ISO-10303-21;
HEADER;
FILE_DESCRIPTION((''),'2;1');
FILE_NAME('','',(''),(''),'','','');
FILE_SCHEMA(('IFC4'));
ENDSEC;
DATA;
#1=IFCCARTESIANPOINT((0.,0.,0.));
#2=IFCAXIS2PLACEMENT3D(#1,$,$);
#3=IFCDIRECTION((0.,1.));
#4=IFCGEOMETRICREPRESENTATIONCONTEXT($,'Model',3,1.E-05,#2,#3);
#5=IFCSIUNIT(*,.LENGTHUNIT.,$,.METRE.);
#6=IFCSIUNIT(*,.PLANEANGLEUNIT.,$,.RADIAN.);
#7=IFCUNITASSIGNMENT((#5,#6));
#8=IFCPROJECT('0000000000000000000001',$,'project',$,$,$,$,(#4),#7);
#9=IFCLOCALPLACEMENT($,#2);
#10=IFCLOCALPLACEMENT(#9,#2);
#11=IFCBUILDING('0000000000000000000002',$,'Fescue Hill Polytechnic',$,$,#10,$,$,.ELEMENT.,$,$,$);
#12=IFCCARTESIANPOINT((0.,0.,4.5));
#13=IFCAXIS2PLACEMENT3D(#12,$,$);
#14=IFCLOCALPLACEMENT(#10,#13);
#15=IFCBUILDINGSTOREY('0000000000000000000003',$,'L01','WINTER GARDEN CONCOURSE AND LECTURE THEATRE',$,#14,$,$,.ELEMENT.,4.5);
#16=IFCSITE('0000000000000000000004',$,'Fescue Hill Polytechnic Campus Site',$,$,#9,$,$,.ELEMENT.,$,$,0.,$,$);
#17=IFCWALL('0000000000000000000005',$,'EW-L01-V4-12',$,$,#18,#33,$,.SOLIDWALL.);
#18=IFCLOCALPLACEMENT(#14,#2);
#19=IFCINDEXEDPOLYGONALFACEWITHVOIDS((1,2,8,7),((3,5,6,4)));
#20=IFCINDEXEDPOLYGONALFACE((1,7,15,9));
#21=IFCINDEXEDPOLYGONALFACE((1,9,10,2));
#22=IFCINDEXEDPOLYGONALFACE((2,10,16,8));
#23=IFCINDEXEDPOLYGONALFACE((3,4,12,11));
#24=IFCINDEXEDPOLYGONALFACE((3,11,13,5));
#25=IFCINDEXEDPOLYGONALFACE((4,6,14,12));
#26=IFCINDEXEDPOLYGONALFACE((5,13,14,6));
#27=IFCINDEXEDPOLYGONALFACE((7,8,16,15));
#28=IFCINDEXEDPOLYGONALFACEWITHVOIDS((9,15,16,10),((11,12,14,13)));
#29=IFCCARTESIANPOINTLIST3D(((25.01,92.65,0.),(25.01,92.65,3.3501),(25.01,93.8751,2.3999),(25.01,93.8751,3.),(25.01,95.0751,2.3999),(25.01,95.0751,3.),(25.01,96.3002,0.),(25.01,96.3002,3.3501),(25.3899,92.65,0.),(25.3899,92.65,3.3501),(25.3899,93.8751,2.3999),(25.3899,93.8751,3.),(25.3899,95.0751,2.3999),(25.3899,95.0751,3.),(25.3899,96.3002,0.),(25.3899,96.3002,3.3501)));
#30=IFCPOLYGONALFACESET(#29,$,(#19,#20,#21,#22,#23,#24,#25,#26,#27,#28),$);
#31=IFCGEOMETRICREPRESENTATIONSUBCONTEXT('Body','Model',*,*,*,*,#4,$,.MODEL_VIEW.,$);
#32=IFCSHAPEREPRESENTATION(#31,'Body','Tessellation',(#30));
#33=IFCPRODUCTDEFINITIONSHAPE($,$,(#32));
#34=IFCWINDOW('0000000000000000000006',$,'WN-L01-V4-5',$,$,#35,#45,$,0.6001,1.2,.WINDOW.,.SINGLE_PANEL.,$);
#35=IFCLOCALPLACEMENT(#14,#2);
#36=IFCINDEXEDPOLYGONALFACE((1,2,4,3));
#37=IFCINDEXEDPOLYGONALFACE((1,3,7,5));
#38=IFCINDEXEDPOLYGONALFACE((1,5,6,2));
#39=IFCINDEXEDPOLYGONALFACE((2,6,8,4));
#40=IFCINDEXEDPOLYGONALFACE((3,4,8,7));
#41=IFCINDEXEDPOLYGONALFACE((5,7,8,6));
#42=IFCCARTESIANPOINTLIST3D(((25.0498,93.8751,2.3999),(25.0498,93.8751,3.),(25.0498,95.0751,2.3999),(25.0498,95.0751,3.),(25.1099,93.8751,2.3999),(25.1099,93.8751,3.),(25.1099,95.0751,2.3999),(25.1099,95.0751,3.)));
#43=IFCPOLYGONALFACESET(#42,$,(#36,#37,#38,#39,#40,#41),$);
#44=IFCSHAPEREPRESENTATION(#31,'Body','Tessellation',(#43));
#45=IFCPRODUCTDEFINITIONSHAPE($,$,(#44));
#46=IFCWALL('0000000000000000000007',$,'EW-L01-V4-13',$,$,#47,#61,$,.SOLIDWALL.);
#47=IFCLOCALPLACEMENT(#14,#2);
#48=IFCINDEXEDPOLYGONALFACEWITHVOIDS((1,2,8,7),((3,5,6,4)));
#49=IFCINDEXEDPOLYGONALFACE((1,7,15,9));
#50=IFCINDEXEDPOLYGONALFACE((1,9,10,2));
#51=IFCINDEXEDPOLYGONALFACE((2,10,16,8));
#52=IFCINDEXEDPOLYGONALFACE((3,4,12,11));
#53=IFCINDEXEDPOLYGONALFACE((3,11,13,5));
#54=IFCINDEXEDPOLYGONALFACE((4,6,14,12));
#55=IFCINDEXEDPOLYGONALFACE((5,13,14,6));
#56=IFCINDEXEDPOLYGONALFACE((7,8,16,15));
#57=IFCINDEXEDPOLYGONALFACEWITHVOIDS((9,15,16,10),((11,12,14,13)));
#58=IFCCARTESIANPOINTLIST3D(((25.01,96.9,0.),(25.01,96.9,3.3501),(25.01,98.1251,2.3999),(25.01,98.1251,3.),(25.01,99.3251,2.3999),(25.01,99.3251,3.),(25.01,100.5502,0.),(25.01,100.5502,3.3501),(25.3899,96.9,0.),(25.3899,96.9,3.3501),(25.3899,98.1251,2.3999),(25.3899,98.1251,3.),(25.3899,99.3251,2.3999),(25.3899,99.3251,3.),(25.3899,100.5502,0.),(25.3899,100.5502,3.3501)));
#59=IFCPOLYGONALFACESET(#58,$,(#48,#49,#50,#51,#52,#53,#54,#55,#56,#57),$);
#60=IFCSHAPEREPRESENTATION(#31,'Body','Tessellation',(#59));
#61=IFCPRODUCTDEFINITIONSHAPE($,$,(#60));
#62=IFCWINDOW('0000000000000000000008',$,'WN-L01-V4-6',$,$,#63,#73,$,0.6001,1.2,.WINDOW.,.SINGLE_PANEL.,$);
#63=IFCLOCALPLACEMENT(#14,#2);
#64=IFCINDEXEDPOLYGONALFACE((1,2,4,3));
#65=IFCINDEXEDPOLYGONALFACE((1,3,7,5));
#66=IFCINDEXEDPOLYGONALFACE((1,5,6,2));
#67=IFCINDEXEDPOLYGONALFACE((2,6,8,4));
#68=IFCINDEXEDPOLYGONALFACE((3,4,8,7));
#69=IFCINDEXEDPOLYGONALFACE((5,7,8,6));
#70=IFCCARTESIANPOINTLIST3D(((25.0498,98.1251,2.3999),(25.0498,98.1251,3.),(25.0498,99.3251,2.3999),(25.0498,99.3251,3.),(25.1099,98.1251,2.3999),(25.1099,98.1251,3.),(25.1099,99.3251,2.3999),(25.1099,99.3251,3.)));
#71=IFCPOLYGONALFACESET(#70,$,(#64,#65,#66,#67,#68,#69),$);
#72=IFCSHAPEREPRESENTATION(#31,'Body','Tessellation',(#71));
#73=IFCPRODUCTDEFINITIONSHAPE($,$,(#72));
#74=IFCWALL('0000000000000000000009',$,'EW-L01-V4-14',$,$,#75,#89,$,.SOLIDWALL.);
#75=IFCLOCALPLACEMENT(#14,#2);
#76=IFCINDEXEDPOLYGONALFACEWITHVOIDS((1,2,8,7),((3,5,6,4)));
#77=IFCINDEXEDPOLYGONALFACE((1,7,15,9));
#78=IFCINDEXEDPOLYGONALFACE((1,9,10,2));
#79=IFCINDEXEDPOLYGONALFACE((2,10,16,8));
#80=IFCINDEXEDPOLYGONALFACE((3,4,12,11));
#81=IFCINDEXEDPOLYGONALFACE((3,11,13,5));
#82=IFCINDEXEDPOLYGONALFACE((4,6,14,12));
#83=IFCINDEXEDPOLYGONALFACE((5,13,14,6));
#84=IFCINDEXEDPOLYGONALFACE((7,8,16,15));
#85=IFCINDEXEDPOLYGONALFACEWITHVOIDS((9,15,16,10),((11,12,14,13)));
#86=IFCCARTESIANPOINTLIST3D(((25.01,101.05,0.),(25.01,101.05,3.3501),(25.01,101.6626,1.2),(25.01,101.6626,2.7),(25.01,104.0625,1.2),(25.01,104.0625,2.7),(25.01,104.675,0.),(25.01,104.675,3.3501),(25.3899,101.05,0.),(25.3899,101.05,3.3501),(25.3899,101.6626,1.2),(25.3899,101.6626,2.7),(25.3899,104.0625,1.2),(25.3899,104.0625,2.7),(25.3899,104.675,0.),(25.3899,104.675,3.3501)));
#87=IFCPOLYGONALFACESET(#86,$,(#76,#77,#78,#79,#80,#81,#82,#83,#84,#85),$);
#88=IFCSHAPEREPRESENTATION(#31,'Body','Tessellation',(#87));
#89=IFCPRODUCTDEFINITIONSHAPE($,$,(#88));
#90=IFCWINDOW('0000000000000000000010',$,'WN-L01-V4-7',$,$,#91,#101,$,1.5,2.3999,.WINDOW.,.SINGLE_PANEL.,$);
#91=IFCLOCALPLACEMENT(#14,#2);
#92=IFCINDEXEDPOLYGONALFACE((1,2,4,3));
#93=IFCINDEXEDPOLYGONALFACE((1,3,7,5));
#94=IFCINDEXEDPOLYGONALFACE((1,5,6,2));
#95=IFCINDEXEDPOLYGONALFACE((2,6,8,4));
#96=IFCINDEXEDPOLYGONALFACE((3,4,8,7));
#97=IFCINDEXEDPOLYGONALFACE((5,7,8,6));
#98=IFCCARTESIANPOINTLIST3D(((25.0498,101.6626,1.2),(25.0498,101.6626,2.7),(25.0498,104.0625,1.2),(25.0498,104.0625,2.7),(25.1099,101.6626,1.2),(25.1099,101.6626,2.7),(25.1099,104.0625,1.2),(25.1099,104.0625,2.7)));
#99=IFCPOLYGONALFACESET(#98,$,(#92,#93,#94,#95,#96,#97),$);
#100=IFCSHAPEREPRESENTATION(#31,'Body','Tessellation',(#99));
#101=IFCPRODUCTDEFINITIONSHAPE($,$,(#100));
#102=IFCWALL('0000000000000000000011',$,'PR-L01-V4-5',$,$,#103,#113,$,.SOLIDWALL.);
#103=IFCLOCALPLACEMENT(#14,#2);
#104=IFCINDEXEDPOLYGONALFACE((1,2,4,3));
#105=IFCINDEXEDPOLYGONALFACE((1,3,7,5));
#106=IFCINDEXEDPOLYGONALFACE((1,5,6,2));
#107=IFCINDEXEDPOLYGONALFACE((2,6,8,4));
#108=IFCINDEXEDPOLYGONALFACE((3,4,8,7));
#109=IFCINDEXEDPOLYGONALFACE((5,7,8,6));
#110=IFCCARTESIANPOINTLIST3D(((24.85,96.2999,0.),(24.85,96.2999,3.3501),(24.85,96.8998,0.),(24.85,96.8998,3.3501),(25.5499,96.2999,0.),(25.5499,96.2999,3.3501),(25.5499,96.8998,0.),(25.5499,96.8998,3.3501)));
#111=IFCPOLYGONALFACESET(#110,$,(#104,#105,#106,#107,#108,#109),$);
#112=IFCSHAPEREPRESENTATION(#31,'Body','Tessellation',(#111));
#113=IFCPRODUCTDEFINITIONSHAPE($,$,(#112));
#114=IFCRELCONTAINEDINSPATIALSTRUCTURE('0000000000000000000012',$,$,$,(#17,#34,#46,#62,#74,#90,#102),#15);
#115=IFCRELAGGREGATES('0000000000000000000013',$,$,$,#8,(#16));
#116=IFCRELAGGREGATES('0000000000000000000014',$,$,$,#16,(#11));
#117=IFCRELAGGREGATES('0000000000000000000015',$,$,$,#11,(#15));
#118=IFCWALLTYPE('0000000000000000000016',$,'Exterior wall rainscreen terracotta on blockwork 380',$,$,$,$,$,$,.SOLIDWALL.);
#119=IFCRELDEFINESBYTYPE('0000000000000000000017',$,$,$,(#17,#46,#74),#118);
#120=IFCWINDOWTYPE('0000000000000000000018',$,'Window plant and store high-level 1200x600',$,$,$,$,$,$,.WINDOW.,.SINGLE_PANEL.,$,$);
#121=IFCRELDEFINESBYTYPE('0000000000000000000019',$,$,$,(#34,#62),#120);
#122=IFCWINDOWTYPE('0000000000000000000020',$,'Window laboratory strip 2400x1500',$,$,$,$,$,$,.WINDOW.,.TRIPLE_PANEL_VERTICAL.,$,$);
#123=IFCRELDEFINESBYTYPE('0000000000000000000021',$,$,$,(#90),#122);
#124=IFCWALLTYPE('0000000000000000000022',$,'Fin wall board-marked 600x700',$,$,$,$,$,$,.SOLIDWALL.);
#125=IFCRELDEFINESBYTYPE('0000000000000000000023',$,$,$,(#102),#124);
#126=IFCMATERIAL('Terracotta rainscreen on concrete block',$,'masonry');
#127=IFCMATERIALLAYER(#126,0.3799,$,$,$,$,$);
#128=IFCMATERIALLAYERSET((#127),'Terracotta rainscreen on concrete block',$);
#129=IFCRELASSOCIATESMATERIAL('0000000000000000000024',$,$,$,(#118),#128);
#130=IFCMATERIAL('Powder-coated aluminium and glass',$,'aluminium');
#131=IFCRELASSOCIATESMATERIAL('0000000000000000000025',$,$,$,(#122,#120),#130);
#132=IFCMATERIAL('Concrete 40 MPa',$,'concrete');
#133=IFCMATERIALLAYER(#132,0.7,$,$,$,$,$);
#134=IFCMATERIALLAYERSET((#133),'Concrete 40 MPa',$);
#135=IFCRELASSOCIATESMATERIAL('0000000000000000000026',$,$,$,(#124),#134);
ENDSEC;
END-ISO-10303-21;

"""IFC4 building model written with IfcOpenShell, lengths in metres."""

from ifc_helpers import new_model, si_unit, direction, frame, frame_2d, origin, place, context, subcontext, project, spatial, rectangle, extrude, material, layer, layer_set, type_object, element, fill, save


model = new_model("IFC4")

# Units and contexts
model_context = context("Model", 3, precision=1e-05, world=origin(), true_north=direction((0.0, 1.0)))
body_context = subcontext(model_context, "Body", "Model", "MODEL_VIEW")
ifc_project = project(units=[si_unit("LENGTHUNIT", "METRE"), si_unit("PLANEANGLEUNIT", "RADIAN")], contexts=[model_context])

# Site, building, storey
site_placement = place(None, origin())
site = spatial("IfcSite", under=ifc_project, at=site_placement, Name="Fescue Hill Polytechnic Campus Site", CompositionType="ELEMENT", RefElevation=0.0)
building_placement = place(site_placement, origin())
building = spatial("IfcBuilding", under=site, at=building_placement, Name="Fescue Hill Polytechnic", CompositionType="ELEMENT")
storey_placement = place(building_placement, frame((0.0, 0.0, 4.5)))
storey = spatial("IfcBuildingStorey", under=building, at=storey_placement, Name="L01", Description="WINTER GARDEN CONCOURSE AND LECTURE THEATRE", CompositionType="ELEMENT", Elevation=4.5)

# Shared definitions
ifc_material_1 = material(Name="Concrete 40 MPa", Category="concrete")

# Walls, openings, windows
ifc_material_2 = material(Name="Terracotta rainscreen on concrete block", Category="masonry")
ifc_layer_1 = layer(ifc_material_2, 0.3799)
ifc_layer_set_1 = layer_set([ifc_layer_1], Name="Terracotta rainscreen on concrete block")
wall_type_1 = type_object("IfcWallType", Name="Exterior wall rainscreen terracotta on blockwork 380", PredefinedType="SOLIDWALL", material=ifc_layer_set_1)
ifc_material_3 = material(Name="Powder-coated aluminium and glass", Category="aluminium")
window_type_1 = type_object("IfcWindowType", Name="Window laboratory strip 2400x1500", PartitioningType="TRIPLE_PANEL_VERTICAL", PredefinedType="WINDOW", material=ifc_material_3)
wall_1_placement = place(storey_placement, frame((25.2, 92.6499, 0.0), z_axis=(0.0, 0.0, 1.0), x_axis=(0.0, 1.0, 0.0)))
wall_1 = element("IfcWall", 1, at=wall_1_placement, inside=storey, type_object=wall_type_1, Name="EW-L01-V4-12", PredefinedType="SOLIDWALL", context=body_context, shape_type="SweptSolid", body=[
    extrude(rectangle(XDim=3.6501, YDim=0.3799, at=frame_2d((1.8252, 0.0))), origin(), (0.0, 0.0, 1.0), 3.3501),
])
opening_1_placement = place(wall_1_placement, frame((1.2251, 0.0, 2.3999)))
opening_1 = element("IfcOpeningElement", 2, at=opening_1_placement, cuts=wall_1, PredefinedType="OPENING", context=body_context, shape_type="SweptSolid", body=[
    extrude(rectangle(XDim=1.2, YDim=0.6001, at=frame_2d((0.6001, 0.3))), frame((0.0, 0.2, 0.0), z_axis=(0.0, -1.0, 0.0), x_axis=(1.0, 0.0, 0.0)), (0.0, 0.0, 1.0), 0.3999),
])
window_type_2 = type_object("IfcWindowType", Name="Window plant and store high-level 1200x600", PartitioningType="SINGLE_PANEL", PredefinedType="WINDOW", material=ifc_material_3)
window_1_placement = place(opening_1_placement, origin())
window_1 = element("IfcWindow", 3, at=window_1_placement, inside=storey, type_object=window_type_2, Name="WN-L01-V4-5", OverallHeight=0.6001, OverallWidth=1.2, PartitioningType="SINGLE_PANEL", PredefinedType="WINDOW", context=body_context, shape_type="SweptSolid", body=[
    extrude(rectangle(XDim=1.2, YDim=0.6001, at=frame_2d((0.6001, 0.3))), frame((0.0, 0.1501, 0.0), z_axis=(0.0, -1.0, 0.0), x_axis=(1.0, 0.0, 0.0)), (0.0, 0.0, 1.0), 0.0601),
])
fill(opening_1, window_1)
wall_2_placement = place(storey_placement, frame((25.2, 96.8999, 0.0), z_axis=(0.0, 0.0, 1.0), x_axis=(0.0, 1.0, 0.0)))
wall_2 = element("IfcWall", 4, at=wall_2_placement, inside=storey, type_object=wall_type_1, Name="EW-L01-V4-13", PredefinedType="SOLIDWALL", context=body_context, shape_type="SweptSolid", body=[
    extrude(rectangle(XDim=3.6501, YDim=0.3799, at=frame_2d((1.8252, 0.0))), origin(), (0.0, 0.0, 1.0), 3.3501),
])
opening_2_placement = place(wall_2_placement, frame((1.2251, 0.0, 2.3999)))
opening_2 = element("IfcOpeningElement", 5, at=opening_2_placement, cuts=wall_2, PredefinedType="OPENING", context=body_context, shape_type="SweptSolid", body=[
    extrude(rectangle(XDim=1.2, YDim=0.6001, at=frame_2d((0.6001, 0.3))), frame((0.0, 0.2, 0.0), z_axis=(0.0, -1.0, 0.0), x_axis=(1.0, 0.0, 0.0)), (0.0, 0.0, 1.0), 0.3999),
])
window_2_placement = place(opening_2_placement, origin())
window_2 = element("IfcWindow", 6, at=window_2_placement, inside=storey, type_object=window_type_2, Name="WN-L01-V4-6", OverallHeight=0.6001, OverallWidth=1.2, PartitioningType="SINGLE_PANEL", PredefinedType="WINDOW", context=body_context, shape_type="SweptSolid", body=[
    extrude(rectangle(XDim=1.2, YDim=0.6001, at=frame_2d((0.6001, 0.3))), frame((0.0, 0.1501, 0.0), z_axis=(0.0, -1.0, 0.0), x_axis=(1.0, 0.0, 0.0)), (0.0, 0.0, 1.0), 0.0601),
])
fill(opening_2, window_2)
wall_3_placement = place(storey_placement, frame((25.2, 101.05, 0.0), z_axis=(0.0, 0.0, 1.0), x_axis=(0.0, 1.0, 0.0)))
wall_3 = element("IfcWall", 7, at=wall_3_placement, inside=storey, type_object=wall_type_1, Name="EW-L01-V4-14", PredefinedType="SOLIDWALL", context=body_context, shape_type="SweptSolid", body=[
    extrude(rectangle(XDim=3.625, YDim=0.3799, at=frame_2d((1.8125, 0.0))), origin(), (0.0, 0.0, 1.0), 3.3501),
])
opening_3_placement = place(wall_3_placement, frame((0.6125, 0.0, 1.2)))
opening_3 = element("IfcOpeningElement", 8, at=opening_3_placement, cuts=wall_3, PredefinedType="OPENING", context=body_context, shape_type="SweptSolid", body=[
    extrude(rectangle(XDim=2.3999, YDim=1.5, at=frame_2d((1.2, 0.75))), frame((0.0, 0.2, 0.0), z_axis=(0.0, -1.0, 0.0), x_axis=(1.0, 0.0, 0.0)), (0.0, 0.0, 1.0), 0.3999),
])
window_3_placement = place(opening_3_placement, origin())
window_3 = element("IfcWindow", 9, at=window_3_placement, inside=storey, type_object=window_type_1, Name="WN-L01-V4-7", OverallHeight=1.5, OverallWidth=2.3999, PartitioningType="SINGLE_PANEL", PredefinedType="WINDOW", context=body_context, shape_type="SweptSolid", body=[
    extrude(rectangle(XDim=2.3999, YDim=1.5, at=frame_2d((1.2, 0.75))), frame((0.0, 0.1501, 0.0), z_axis=(0.0, -1.0, 0.0), x_axis=(1.0, 0.0, 0.0)), (0.0, 0.0, 1.0), 0.0601),
])
fill(opening_3, window_3)

# Wall
ifc_layer_2 = layer(ifc_material_1, 0.7)
ifc_layer_set_2 = layer_set([ifc_layer_2], Name="Concrete 40 MPa")
wall_type_2 = type_object("IfcWallType", Name="Fin wall board-marked 600x700", PredefinedType="SOLIDWALL", material=ifc_layer_set_2)
wall_4_placement = place(storey_placement, frame((25.2, 96.3, 0.0), z_axis=(0.0, 0.0, 1.0), x_axis=(0.0, 1.0, 0.0)))
element("IfcWall", 10, at=wall_4_placement, inside=storey, type_object=wall_type_2, Name="PR-L01-V4-5", PredefinedType="SOLIDWALL", context=body_context, shape_type="SweptSolid", body=[
    extrude(rectangle(XDim=0.5999, YDim=0.7, at=frame_2d((0.2998, 0.0))), origin(), (0.0, 0.0, 1.0), 3.3501),
])

save(model, "model.ifc")
